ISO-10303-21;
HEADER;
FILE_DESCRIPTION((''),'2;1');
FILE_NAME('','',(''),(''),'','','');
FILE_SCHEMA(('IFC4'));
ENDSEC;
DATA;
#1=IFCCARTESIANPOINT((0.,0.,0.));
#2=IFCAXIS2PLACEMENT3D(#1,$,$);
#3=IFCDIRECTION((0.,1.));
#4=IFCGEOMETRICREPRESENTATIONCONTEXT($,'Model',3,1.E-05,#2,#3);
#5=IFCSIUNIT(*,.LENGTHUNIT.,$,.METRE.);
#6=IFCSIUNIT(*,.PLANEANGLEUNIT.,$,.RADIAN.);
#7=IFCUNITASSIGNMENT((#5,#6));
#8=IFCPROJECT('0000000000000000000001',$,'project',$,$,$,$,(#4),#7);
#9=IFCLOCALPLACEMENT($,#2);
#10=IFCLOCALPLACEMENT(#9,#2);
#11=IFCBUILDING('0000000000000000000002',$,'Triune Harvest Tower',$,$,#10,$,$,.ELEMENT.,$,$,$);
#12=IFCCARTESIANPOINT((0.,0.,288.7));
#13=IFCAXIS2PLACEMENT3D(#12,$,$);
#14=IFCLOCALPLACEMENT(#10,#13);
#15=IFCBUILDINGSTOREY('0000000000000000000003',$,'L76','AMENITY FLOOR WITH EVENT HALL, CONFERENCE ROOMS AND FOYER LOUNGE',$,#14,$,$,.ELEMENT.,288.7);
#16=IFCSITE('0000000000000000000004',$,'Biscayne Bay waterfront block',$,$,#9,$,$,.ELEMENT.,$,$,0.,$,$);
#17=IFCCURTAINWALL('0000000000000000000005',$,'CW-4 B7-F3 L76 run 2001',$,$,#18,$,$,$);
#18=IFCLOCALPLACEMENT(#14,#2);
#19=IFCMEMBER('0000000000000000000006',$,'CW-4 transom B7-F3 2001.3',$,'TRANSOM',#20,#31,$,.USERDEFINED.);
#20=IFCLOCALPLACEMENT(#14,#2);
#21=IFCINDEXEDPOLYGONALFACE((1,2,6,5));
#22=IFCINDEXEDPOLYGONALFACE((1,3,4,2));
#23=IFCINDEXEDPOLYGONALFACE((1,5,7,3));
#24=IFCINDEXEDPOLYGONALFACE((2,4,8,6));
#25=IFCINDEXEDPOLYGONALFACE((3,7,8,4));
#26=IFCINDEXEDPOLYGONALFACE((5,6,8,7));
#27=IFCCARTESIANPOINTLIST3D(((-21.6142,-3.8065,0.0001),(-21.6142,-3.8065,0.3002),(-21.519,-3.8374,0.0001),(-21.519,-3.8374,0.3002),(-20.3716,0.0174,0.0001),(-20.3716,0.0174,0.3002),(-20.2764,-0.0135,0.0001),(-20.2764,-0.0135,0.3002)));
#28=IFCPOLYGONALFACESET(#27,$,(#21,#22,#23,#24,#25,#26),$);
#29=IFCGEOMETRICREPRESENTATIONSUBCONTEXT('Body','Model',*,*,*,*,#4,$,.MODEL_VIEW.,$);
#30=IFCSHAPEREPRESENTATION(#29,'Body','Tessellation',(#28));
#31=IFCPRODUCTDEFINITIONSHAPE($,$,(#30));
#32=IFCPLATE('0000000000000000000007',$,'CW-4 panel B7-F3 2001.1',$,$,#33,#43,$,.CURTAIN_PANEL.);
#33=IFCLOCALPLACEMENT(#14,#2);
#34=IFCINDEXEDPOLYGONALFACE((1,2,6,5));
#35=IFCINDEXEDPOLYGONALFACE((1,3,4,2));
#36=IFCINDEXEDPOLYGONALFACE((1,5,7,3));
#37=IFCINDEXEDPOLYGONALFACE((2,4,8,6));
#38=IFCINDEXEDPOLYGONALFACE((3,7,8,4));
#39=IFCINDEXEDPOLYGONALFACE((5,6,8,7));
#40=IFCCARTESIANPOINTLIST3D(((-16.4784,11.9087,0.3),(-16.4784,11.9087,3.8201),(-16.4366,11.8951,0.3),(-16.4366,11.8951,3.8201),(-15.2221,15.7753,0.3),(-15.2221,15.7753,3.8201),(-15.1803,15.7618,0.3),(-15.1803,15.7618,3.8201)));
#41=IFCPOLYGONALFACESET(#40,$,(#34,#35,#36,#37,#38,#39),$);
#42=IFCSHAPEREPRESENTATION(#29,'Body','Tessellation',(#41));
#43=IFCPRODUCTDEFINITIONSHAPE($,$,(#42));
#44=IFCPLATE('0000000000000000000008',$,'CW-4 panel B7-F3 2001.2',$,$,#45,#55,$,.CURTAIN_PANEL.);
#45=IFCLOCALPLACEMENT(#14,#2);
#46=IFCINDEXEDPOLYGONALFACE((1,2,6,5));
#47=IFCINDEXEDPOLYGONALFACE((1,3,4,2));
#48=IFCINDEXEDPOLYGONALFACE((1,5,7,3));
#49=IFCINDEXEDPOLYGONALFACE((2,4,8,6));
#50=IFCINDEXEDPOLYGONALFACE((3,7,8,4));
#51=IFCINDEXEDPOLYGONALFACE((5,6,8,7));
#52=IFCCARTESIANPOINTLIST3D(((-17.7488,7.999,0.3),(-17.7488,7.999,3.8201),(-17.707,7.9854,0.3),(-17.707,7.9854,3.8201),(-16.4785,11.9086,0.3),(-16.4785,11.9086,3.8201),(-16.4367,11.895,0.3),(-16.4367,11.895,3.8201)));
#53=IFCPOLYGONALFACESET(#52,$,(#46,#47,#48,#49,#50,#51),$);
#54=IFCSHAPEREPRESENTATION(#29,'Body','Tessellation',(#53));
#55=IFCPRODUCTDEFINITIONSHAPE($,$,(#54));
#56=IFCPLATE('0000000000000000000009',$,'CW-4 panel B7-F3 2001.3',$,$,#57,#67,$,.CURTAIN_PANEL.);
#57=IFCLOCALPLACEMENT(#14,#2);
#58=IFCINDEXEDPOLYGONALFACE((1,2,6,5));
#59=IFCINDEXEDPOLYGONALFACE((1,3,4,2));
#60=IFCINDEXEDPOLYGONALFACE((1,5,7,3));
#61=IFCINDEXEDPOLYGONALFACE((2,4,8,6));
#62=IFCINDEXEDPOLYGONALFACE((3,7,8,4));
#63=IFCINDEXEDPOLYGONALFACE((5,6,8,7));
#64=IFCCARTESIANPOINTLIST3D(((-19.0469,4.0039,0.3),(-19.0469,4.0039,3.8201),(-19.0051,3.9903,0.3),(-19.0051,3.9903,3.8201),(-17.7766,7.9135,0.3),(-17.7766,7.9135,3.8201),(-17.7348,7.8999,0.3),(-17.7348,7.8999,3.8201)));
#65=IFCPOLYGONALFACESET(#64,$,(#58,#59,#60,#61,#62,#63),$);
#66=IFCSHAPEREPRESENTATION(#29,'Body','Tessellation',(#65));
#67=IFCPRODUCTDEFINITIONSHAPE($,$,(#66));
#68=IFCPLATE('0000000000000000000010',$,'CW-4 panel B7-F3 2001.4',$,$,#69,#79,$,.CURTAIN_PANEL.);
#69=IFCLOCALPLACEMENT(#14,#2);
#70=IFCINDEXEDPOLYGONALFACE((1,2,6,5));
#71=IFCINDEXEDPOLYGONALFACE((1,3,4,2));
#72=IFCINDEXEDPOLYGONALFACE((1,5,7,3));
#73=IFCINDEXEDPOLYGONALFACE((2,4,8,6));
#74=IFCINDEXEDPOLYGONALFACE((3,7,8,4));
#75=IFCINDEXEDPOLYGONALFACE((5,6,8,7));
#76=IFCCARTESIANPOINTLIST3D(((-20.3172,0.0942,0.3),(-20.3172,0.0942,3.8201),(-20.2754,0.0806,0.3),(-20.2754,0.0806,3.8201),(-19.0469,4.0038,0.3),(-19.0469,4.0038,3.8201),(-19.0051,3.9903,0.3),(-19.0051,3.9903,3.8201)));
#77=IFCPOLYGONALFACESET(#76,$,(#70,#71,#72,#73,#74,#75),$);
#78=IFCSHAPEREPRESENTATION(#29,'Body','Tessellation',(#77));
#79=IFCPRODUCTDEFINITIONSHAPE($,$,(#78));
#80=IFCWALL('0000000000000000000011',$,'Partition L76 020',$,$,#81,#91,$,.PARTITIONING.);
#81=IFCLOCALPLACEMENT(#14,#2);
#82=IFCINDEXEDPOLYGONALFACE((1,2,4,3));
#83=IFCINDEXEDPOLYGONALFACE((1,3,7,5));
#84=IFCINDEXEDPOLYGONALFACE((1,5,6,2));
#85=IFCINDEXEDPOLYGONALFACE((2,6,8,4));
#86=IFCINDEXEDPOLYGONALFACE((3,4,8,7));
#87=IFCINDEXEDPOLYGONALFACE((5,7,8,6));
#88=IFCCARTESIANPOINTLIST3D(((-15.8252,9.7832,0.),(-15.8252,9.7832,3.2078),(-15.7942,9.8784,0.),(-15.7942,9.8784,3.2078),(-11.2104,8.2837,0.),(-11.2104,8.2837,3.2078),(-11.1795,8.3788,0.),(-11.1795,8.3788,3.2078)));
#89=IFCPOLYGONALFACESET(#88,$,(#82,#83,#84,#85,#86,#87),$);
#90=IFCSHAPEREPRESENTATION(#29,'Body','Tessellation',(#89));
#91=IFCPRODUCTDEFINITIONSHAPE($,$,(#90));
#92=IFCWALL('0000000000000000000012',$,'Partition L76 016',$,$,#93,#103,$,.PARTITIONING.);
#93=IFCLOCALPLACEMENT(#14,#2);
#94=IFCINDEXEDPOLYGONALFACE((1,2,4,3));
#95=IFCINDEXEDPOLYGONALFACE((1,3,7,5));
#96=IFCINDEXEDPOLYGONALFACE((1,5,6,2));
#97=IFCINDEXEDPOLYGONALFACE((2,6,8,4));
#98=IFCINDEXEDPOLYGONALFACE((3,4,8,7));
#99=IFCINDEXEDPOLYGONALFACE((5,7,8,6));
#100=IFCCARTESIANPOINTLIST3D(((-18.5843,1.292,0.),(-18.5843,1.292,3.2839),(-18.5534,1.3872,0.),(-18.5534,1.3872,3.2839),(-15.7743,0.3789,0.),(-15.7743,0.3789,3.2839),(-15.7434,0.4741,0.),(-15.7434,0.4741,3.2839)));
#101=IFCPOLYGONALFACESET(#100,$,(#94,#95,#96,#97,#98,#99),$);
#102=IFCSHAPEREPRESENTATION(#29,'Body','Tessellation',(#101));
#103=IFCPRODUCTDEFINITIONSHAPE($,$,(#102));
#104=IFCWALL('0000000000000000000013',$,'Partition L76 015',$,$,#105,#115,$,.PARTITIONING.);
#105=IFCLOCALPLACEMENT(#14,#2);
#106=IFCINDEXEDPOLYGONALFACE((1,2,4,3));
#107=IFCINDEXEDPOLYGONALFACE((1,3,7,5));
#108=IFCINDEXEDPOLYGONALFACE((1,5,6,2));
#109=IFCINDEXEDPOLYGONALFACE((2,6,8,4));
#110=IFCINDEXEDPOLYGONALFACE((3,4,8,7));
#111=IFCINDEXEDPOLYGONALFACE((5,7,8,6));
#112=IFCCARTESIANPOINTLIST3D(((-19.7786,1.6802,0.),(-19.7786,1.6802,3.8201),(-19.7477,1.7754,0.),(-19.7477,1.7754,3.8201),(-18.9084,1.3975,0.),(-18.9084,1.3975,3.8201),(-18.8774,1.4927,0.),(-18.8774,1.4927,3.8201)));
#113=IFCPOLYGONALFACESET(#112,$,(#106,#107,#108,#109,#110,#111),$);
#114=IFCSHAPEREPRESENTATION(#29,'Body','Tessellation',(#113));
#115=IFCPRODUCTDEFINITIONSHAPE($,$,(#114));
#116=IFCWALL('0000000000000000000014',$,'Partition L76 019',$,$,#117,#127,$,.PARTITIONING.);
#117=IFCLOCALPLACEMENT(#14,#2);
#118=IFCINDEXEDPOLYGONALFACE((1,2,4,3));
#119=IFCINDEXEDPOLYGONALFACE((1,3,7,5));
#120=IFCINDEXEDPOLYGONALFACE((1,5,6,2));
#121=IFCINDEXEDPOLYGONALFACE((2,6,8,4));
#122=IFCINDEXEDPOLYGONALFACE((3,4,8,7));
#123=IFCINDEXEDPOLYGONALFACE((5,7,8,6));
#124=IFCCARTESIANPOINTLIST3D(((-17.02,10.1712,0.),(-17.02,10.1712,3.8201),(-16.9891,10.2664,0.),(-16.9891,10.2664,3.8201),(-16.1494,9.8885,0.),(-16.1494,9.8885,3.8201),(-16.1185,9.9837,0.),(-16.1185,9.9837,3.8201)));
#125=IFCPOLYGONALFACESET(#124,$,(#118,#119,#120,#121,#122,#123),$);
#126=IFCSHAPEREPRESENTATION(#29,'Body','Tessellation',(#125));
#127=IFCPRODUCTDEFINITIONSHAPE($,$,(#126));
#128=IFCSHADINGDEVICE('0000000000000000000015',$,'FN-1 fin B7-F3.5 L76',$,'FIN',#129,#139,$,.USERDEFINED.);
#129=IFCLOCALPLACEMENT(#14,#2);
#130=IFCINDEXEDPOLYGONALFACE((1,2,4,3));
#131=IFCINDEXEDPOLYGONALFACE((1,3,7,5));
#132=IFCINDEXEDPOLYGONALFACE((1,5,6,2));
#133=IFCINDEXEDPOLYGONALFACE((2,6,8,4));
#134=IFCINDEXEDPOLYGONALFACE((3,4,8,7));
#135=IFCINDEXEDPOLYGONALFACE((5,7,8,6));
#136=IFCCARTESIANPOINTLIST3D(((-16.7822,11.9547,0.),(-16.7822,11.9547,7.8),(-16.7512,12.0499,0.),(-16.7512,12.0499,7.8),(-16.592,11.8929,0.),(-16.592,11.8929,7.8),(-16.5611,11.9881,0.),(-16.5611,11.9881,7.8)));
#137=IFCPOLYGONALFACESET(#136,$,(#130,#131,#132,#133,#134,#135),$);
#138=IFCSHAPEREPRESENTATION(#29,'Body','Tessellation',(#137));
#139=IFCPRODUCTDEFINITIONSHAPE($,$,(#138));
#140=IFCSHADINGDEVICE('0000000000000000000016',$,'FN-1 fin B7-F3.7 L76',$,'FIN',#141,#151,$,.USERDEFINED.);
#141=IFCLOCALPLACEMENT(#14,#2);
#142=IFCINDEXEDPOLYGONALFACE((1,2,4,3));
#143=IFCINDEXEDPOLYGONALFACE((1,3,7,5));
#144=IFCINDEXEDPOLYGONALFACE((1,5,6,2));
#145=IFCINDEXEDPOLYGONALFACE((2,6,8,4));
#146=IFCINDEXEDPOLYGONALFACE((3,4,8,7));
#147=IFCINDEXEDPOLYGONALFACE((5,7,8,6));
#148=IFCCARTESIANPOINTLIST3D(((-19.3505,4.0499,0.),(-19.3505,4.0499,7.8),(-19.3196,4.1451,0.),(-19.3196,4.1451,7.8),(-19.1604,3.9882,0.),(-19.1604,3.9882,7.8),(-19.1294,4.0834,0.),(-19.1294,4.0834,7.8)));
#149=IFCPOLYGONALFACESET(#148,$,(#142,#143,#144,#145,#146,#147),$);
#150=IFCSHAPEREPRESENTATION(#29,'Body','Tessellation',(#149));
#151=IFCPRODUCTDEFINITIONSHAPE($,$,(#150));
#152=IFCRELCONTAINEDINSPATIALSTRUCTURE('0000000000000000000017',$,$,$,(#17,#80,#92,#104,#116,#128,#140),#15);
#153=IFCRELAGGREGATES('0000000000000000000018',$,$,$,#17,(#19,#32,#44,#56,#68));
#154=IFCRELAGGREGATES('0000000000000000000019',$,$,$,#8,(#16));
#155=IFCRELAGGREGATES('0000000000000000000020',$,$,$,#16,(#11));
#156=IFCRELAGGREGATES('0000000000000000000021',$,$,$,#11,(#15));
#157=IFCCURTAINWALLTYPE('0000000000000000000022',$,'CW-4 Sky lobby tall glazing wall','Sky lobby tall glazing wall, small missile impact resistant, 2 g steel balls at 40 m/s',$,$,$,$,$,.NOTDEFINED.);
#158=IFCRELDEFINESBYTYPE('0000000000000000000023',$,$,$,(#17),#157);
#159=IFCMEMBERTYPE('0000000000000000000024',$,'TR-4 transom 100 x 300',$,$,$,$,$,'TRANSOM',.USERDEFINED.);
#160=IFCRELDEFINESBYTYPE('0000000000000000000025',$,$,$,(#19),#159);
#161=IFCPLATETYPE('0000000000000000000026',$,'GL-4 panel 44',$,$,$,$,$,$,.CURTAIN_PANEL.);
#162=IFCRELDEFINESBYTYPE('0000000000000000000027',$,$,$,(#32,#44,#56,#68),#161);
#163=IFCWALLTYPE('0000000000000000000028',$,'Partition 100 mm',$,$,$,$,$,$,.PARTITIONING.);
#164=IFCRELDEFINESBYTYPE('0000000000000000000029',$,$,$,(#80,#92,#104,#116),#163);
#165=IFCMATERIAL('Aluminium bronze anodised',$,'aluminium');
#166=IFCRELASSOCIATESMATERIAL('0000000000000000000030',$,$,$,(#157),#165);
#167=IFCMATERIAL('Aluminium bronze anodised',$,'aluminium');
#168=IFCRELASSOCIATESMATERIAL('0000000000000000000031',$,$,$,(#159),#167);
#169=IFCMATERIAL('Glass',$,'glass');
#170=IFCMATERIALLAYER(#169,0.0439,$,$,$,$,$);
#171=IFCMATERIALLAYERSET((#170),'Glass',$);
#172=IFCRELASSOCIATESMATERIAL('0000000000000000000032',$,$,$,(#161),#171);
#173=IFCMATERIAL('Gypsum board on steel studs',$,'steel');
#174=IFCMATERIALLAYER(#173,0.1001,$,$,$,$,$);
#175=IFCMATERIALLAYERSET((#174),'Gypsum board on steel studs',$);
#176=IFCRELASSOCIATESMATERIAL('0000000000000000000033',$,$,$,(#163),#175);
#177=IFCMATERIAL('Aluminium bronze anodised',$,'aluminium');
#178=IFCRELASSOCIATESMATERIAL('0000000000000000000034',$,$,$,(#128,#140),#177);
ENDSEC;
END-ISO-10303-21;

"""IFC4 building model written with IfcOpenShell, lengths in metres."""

from ifc_helpers import new_model, si_unit, direction, frame, frame_2d, origin, origin_2d, place, context, subcontext, project, spatial, rectangle, extrude, source, transform, mapped, material, layer, layer_set, material_profile, profile_set, type_object, element, aggregate, save


model = new_model("IFC4")

# Units and contexts
model_context = context("Model", 3, precision=1e-05, world=origin(), true_north=direction((0.0, 1.0)))
body_context = subcontext(model_context, "Body", "Model", "MODEL_VIEW")
ifc_project = project(units=[si_unit("LENGTHUNIT", "METRE"), si_unit("PLANEANGLEUNIT", "RADIAN")], contexts=[model_context])

# Site, building, storey
site_placement = place(None, origin())
site = spatial("IfcSite", under=ifc_project, at=site_placement, Name="Biscayne Bay waterfront block", CompositionType="ELEMENT", RefElevation=0.0)
building_placement = place(site_placement, origin())
building = spatial("IfcBuilding", under=site, at=building_placement, Name="Triune Harvest Tower", CompositionType="ELEMENT")
storey_placement = place(building_placement, frame((0.0, 0.0, 288.7)))
storey = spatial("IfcBuildingStorey", under=building, at=storey_placement, Name="L76", Description="AMENITY FLOOR WITH EVENT HALL, CONFERENCE ROOMS AND FOYER LOUNGE", CompositionType="ELEMENT", Elevation=288.7)

# Curtain wall
ifc_material_1 = material(Name="Aluminium bronze anodised", Category="aluminium")
curtain_wall_type = type_object("IfcCurtainWallType", Name="CW-4 Sky lobby tall glazing wall", Description="Sky lobby tall glazing wall, small missile impact resistant, 2 g steel balls at 40 m/s", PredefinedType="NOTDEFINED", material=ifc_material_1)
curtain_wall_placement = place(storey_placement, origin())
curtain_wall = element("IfcCurtainWall", 1, at=curtain_wall_placement, inside=storey, type_object=curtain_wall_type, Name="CW-4 B7-F3 L76 run 2001")
ifc_material_2 = material(Name="Aluminium bronze anodised", Category="aluminium")
ifc_material_profile_1 = material_profile(ifc_material_2, rectangle(XDim=0.1001, YDim=0.3, at=origin_2d()), Name="TR-4 transom 100 x 300")
ifc_profile_set_1 = profile_set([ifc_material_profile_1], Name="Aluminium bronze anodised")
member_type_1 = type_object("IfcMemberType", Name="TR-4 transom 100 x 300", ElementType="TRANSOM", PredefinedType="USERDEFINED", material=ifc_profile_set_1)

# Member
shared_shape_1 = source(origin(), body_context, "Body", "SweptSolid", [
    extrude(rectangle(XDim=0.1001, YDim=0.3, at=origin_2d()), origin(), (0.0, 0.0, 1.0), 4.0208),
])
member_1_placement = place(storey_placement, frame((-20.324, 0.002, 0.1501), z_axis=(-0.30906, -0.951043, 0.0), x_axis=(0.951043, -0.30906, 0.0)))
member_1 = element("IfcMember", 2, at=member_1_placement, type_object=member_type_1, Name="CW-4 transom B7-F3 2001.3", ObjectType="TRANSOM", PredefinedType="USERDEFINED", context=body_context, shape_type="MappedRepresentation", body=[
    mapped(shared_shape_1, transform((0.0, 0.0, 0.0), scale=1.0)),
])

# Plates
ifc_material_3 = material(Name="Glass", Category="glass")
ifc_layer_1 = layer(ifc_material_3, 0.0439)
ifc_layer_set_1 = layer_set([ifc_layer_1], Name="Glass")
plate_type = type_object("IfcPlateType", Name="GL-4 panel 44", PredefinedType="CURTAIN_PANEL", material=ifc_layer_set_1)
shared_shape_2 = source(origin(), body_context, "Body", "SweptSolid", [
    extrude(rectangle(XDim=4.0657, YDim=0.0439, at=origin_2d()), origin(), (0.0, 0.0, 1.0), 3.52),
])
plate_1_placement = place(storey_placement, frame((-15.8293, 13.8352, 0.3), z_axis=(0.0, 0.0, 1.0), x_axis=(-0.30902, -0.951056, 0.0)))
plate_1 = element("IfcPlate", 3, at=plate_1_placement, type_object=plate_type, Name="CW-4 panel B7-F3 2001.1", PredefinedType="CURTAIN_PANEL", context=body_context, shape_type="MappedRepresentation", body=[
    mapped(shared_shape_2, transform((0.0, 0.0, 0.0), scale=1.0)),
])
shared_shape_3 = source(origin(), body_context, "Body", "SweptSolid", [
    extrude(rectangle(XDim=4.1108, YDim=0.0439, at=origin_2d()), origin(), (0.0, 0.0, 1.0), 3.52),
])
plate_2_placement = place(storey_placement, frame((-17.0928, 9.947, 0.3), z_axis=(0.0, 0.0, 1.0), x_axis=(-0.30902, -0.951056, 0.0)))
plate_2 = element("IfcPlate", 4, at=plate_2_placement, type_object=plate_type, Name="CW-4 panel B7-F3 2001.2", PredefinedType="CURTAIN_PANEL", context=body_context, shape_type="MappedRepresentation", body=[
    mapped(shared_shape_3, transform((0.0, 0.0, 0.0), scale=1.0)),
])
plate_3_placement = place(storey_placement, frame((-18.3909, 5.9519, 0.3), z_axis=(0.0, 0.0, 1.0), x_axis=(-0.30902, -0.951056, 0.0)))
plate_3 = element("IfcPlate", 5, at=plate_3_placement, type_object=plate_type, Name="CW-4 panel B7-F3 2001.3", PredefinedType="CURTAIN_PANEL", context=body_context, shape_type="MappedRepresentation", body=[
    mapped(shared_shape_3, transform((0.0, 0.0, 0.0), scale=1.0)),
])
plate_4_placement = place(storey_placement, frame((-19.6611, 2.0422, 0.3), z_axis=(0.0, 0.0, 1.0), x_axis=(-0.30902, -0.951056, 0.0)))
plate_4 = element("IfcPlate", 6, at=plate_4_placement, type_object=plate_type, Name="CW-4 panel B7-F3 2001.4", PredefinedType="CURTAIN_PANEL", context=body_context, shape_type="MappedRepresentation", body=[
    mapped(shared_shape_3, transform((0.0, 0.0, 0.0), scale=1.0)),
])
aggregate(curtain_wall, [member_1, plate_1, plate_2, plate_3, plate_4])

# Walls
ifc_material_4 = material(Name="Gypsum board on steel studs", Category="steel")
ifc_layer_2 = layer(ifc_material_4, 0.1001)
ifc_layer_set_2 = layer_set([ifc_layer_2], Name="Gypsum board on steel studs")
wall_type = type_object("IfcWallType", Name="Partition 100 mm", PredefinedType="PARTITIONING", material=ifc_layer_set_2)
shared_shape_4 = source(origin(), body_context, "Body", "SweptSolid", [
    extrude(rectangle(XDim=4.8523, YDim=0.1001, at=frame_2d((2.4263, 0.0))), origin(), (0.0, 0.0, 1.0), 3.2078),
])
wall_1_placement = place(storey_placement, frame((-15.8098, 9.8308, 0.0), z_axis=(0.0, 0.0, 1.0), x_axis=(0.951051, -0.309034, 0.0)))
element("IfcWall", 7, at=wall_1_placement, inside=storey, type_object=wall_type, Name="Partition L76 020", PredefinedType="PARTITIONING", context=body_context, shape_type="MappedRepresentation", body=[
    mapped(shared_shape_4, transform((0.0, 0.0, 0.0), scale=1.0)),
])
shared_shape_5 = source(origin(), body_context, "Body", "SweptSolid", [
    extrude(rectangle(XDim=2.9546, YDim=0.1001, at=frame_2d((1.4773, 0.0))), origin(), (0.0, 0.0, 1.0), 3.2839),
])
wall_2_placement = place(storey_placement, frame((-18.5688, 1.3396, 0.0), z_axis=(0.0, 0.0, 1.0), x_axis=(0.951052, -0.30903, 0.0)))
element("IfcWall", 8, at=wall_2_placement, inside=storey, type_object=wall_type, Name="Partition L76 016", PredefinedType="PARTITIONING", context=body_context, shape_type="MappedRepresentation", body=[
    mapped(shared_shape_5, transform((0.0, 0.0, 0.0), scale=1.0)),
])
shared_shape_6 = source(origin(), body_context, "Body", "SweptSolid", [
    extrude(rectangle(XDim=0.915, YDim=0.1001, at=frame_2d((0.4575, 0.0))), origin(), (0.0, 0.0, 1.0), 3.8201),
])
wall_3_placement = place(storey_placement, frame((-19.7632, 1.7278, 0.0), z_axis=(0.0, 0.0, 1.0), x_axis=(0.951083, -0.308935, 0.0)))
element("IfcWall", 9, at=wall_3_placement, inside=storey, type_object=wall_type, Name="Partition L76 015", PredefinedType="PARTITIONING", context=body_context, shape_type="MappedRepresentation", body=[
    mapped(shared_shape_6, transform((0.0, 0.0, 0.0), scale=1.0)),
])
shared_shape_7 = source(origin(), body_context, "Body", "SweptSolid", [
    extrude(rectangle(XDim=0.9153, YDim=0.1001, at=frame_2d((0.4575, 0.0))), origin(), (0.0, 0.0, 1.0), 3.8201),
])
wall_4_placement = place(storey_placement, frame((-17.0044, 10.2188, 0.0), z_axis=(0.0, 0.0, 1.0), x_axis=(0.951109, -0.308857, 0.0)))
element("IfcWall", 10, at=wall_4_placement, inside=storey, type_object=wall_type, Name="Partition L76 019", PredefinedType="PARTITIONING", context=body_context, shape_type="MappedRepresentation", body=[
    mapped(shared_shape_7, transform((0.0, 0.0, 0.0), scale=1.0)),
])

# Shading devices
ifc_material_5 = material(Name="Aluminium bronze anodised", Category="aluminium")
shared_shape_8 = source(origin(), body_context, "Body", "SweptSolid", [
    extrude(rectangle(XDim=0.1001, YDim=0.2, at=origin_2d()), origin(), (0.0, 0.0, 1.0), 7.8),
])
for number, where, z_axis, x_axis, name in (
    (11, (-16.6716, 11.9714, 0.0), (0.0, 0.0, 1.0), (-0.309016, -0.951057, 0.0), "FN-1 fin B7-F3.5 L76"),
    (12, (-19.24, 4.0667, 0.0), (0.0, 0.0, 1.0), (-0.309016, -0.951057, 0.0), "FN-1 fin B7-F3.7 L76"),
):
    element("IfcShadingDevice", number, at=place(storey_placement, frame(where, z_axis=z_axis, x_axis=x_axis)), inside=storey, material=ifc_material_5, Name=name, ObjectType="FIN", PredefinedType="USERDEFINED", context=body_context, shape_type="MappedRepresentation", body=[
        mapped(shared_shape_8, transform((0.0, 0.0, 0.0), scale=1.0)),
    ])

save(model, "model.ifc")
